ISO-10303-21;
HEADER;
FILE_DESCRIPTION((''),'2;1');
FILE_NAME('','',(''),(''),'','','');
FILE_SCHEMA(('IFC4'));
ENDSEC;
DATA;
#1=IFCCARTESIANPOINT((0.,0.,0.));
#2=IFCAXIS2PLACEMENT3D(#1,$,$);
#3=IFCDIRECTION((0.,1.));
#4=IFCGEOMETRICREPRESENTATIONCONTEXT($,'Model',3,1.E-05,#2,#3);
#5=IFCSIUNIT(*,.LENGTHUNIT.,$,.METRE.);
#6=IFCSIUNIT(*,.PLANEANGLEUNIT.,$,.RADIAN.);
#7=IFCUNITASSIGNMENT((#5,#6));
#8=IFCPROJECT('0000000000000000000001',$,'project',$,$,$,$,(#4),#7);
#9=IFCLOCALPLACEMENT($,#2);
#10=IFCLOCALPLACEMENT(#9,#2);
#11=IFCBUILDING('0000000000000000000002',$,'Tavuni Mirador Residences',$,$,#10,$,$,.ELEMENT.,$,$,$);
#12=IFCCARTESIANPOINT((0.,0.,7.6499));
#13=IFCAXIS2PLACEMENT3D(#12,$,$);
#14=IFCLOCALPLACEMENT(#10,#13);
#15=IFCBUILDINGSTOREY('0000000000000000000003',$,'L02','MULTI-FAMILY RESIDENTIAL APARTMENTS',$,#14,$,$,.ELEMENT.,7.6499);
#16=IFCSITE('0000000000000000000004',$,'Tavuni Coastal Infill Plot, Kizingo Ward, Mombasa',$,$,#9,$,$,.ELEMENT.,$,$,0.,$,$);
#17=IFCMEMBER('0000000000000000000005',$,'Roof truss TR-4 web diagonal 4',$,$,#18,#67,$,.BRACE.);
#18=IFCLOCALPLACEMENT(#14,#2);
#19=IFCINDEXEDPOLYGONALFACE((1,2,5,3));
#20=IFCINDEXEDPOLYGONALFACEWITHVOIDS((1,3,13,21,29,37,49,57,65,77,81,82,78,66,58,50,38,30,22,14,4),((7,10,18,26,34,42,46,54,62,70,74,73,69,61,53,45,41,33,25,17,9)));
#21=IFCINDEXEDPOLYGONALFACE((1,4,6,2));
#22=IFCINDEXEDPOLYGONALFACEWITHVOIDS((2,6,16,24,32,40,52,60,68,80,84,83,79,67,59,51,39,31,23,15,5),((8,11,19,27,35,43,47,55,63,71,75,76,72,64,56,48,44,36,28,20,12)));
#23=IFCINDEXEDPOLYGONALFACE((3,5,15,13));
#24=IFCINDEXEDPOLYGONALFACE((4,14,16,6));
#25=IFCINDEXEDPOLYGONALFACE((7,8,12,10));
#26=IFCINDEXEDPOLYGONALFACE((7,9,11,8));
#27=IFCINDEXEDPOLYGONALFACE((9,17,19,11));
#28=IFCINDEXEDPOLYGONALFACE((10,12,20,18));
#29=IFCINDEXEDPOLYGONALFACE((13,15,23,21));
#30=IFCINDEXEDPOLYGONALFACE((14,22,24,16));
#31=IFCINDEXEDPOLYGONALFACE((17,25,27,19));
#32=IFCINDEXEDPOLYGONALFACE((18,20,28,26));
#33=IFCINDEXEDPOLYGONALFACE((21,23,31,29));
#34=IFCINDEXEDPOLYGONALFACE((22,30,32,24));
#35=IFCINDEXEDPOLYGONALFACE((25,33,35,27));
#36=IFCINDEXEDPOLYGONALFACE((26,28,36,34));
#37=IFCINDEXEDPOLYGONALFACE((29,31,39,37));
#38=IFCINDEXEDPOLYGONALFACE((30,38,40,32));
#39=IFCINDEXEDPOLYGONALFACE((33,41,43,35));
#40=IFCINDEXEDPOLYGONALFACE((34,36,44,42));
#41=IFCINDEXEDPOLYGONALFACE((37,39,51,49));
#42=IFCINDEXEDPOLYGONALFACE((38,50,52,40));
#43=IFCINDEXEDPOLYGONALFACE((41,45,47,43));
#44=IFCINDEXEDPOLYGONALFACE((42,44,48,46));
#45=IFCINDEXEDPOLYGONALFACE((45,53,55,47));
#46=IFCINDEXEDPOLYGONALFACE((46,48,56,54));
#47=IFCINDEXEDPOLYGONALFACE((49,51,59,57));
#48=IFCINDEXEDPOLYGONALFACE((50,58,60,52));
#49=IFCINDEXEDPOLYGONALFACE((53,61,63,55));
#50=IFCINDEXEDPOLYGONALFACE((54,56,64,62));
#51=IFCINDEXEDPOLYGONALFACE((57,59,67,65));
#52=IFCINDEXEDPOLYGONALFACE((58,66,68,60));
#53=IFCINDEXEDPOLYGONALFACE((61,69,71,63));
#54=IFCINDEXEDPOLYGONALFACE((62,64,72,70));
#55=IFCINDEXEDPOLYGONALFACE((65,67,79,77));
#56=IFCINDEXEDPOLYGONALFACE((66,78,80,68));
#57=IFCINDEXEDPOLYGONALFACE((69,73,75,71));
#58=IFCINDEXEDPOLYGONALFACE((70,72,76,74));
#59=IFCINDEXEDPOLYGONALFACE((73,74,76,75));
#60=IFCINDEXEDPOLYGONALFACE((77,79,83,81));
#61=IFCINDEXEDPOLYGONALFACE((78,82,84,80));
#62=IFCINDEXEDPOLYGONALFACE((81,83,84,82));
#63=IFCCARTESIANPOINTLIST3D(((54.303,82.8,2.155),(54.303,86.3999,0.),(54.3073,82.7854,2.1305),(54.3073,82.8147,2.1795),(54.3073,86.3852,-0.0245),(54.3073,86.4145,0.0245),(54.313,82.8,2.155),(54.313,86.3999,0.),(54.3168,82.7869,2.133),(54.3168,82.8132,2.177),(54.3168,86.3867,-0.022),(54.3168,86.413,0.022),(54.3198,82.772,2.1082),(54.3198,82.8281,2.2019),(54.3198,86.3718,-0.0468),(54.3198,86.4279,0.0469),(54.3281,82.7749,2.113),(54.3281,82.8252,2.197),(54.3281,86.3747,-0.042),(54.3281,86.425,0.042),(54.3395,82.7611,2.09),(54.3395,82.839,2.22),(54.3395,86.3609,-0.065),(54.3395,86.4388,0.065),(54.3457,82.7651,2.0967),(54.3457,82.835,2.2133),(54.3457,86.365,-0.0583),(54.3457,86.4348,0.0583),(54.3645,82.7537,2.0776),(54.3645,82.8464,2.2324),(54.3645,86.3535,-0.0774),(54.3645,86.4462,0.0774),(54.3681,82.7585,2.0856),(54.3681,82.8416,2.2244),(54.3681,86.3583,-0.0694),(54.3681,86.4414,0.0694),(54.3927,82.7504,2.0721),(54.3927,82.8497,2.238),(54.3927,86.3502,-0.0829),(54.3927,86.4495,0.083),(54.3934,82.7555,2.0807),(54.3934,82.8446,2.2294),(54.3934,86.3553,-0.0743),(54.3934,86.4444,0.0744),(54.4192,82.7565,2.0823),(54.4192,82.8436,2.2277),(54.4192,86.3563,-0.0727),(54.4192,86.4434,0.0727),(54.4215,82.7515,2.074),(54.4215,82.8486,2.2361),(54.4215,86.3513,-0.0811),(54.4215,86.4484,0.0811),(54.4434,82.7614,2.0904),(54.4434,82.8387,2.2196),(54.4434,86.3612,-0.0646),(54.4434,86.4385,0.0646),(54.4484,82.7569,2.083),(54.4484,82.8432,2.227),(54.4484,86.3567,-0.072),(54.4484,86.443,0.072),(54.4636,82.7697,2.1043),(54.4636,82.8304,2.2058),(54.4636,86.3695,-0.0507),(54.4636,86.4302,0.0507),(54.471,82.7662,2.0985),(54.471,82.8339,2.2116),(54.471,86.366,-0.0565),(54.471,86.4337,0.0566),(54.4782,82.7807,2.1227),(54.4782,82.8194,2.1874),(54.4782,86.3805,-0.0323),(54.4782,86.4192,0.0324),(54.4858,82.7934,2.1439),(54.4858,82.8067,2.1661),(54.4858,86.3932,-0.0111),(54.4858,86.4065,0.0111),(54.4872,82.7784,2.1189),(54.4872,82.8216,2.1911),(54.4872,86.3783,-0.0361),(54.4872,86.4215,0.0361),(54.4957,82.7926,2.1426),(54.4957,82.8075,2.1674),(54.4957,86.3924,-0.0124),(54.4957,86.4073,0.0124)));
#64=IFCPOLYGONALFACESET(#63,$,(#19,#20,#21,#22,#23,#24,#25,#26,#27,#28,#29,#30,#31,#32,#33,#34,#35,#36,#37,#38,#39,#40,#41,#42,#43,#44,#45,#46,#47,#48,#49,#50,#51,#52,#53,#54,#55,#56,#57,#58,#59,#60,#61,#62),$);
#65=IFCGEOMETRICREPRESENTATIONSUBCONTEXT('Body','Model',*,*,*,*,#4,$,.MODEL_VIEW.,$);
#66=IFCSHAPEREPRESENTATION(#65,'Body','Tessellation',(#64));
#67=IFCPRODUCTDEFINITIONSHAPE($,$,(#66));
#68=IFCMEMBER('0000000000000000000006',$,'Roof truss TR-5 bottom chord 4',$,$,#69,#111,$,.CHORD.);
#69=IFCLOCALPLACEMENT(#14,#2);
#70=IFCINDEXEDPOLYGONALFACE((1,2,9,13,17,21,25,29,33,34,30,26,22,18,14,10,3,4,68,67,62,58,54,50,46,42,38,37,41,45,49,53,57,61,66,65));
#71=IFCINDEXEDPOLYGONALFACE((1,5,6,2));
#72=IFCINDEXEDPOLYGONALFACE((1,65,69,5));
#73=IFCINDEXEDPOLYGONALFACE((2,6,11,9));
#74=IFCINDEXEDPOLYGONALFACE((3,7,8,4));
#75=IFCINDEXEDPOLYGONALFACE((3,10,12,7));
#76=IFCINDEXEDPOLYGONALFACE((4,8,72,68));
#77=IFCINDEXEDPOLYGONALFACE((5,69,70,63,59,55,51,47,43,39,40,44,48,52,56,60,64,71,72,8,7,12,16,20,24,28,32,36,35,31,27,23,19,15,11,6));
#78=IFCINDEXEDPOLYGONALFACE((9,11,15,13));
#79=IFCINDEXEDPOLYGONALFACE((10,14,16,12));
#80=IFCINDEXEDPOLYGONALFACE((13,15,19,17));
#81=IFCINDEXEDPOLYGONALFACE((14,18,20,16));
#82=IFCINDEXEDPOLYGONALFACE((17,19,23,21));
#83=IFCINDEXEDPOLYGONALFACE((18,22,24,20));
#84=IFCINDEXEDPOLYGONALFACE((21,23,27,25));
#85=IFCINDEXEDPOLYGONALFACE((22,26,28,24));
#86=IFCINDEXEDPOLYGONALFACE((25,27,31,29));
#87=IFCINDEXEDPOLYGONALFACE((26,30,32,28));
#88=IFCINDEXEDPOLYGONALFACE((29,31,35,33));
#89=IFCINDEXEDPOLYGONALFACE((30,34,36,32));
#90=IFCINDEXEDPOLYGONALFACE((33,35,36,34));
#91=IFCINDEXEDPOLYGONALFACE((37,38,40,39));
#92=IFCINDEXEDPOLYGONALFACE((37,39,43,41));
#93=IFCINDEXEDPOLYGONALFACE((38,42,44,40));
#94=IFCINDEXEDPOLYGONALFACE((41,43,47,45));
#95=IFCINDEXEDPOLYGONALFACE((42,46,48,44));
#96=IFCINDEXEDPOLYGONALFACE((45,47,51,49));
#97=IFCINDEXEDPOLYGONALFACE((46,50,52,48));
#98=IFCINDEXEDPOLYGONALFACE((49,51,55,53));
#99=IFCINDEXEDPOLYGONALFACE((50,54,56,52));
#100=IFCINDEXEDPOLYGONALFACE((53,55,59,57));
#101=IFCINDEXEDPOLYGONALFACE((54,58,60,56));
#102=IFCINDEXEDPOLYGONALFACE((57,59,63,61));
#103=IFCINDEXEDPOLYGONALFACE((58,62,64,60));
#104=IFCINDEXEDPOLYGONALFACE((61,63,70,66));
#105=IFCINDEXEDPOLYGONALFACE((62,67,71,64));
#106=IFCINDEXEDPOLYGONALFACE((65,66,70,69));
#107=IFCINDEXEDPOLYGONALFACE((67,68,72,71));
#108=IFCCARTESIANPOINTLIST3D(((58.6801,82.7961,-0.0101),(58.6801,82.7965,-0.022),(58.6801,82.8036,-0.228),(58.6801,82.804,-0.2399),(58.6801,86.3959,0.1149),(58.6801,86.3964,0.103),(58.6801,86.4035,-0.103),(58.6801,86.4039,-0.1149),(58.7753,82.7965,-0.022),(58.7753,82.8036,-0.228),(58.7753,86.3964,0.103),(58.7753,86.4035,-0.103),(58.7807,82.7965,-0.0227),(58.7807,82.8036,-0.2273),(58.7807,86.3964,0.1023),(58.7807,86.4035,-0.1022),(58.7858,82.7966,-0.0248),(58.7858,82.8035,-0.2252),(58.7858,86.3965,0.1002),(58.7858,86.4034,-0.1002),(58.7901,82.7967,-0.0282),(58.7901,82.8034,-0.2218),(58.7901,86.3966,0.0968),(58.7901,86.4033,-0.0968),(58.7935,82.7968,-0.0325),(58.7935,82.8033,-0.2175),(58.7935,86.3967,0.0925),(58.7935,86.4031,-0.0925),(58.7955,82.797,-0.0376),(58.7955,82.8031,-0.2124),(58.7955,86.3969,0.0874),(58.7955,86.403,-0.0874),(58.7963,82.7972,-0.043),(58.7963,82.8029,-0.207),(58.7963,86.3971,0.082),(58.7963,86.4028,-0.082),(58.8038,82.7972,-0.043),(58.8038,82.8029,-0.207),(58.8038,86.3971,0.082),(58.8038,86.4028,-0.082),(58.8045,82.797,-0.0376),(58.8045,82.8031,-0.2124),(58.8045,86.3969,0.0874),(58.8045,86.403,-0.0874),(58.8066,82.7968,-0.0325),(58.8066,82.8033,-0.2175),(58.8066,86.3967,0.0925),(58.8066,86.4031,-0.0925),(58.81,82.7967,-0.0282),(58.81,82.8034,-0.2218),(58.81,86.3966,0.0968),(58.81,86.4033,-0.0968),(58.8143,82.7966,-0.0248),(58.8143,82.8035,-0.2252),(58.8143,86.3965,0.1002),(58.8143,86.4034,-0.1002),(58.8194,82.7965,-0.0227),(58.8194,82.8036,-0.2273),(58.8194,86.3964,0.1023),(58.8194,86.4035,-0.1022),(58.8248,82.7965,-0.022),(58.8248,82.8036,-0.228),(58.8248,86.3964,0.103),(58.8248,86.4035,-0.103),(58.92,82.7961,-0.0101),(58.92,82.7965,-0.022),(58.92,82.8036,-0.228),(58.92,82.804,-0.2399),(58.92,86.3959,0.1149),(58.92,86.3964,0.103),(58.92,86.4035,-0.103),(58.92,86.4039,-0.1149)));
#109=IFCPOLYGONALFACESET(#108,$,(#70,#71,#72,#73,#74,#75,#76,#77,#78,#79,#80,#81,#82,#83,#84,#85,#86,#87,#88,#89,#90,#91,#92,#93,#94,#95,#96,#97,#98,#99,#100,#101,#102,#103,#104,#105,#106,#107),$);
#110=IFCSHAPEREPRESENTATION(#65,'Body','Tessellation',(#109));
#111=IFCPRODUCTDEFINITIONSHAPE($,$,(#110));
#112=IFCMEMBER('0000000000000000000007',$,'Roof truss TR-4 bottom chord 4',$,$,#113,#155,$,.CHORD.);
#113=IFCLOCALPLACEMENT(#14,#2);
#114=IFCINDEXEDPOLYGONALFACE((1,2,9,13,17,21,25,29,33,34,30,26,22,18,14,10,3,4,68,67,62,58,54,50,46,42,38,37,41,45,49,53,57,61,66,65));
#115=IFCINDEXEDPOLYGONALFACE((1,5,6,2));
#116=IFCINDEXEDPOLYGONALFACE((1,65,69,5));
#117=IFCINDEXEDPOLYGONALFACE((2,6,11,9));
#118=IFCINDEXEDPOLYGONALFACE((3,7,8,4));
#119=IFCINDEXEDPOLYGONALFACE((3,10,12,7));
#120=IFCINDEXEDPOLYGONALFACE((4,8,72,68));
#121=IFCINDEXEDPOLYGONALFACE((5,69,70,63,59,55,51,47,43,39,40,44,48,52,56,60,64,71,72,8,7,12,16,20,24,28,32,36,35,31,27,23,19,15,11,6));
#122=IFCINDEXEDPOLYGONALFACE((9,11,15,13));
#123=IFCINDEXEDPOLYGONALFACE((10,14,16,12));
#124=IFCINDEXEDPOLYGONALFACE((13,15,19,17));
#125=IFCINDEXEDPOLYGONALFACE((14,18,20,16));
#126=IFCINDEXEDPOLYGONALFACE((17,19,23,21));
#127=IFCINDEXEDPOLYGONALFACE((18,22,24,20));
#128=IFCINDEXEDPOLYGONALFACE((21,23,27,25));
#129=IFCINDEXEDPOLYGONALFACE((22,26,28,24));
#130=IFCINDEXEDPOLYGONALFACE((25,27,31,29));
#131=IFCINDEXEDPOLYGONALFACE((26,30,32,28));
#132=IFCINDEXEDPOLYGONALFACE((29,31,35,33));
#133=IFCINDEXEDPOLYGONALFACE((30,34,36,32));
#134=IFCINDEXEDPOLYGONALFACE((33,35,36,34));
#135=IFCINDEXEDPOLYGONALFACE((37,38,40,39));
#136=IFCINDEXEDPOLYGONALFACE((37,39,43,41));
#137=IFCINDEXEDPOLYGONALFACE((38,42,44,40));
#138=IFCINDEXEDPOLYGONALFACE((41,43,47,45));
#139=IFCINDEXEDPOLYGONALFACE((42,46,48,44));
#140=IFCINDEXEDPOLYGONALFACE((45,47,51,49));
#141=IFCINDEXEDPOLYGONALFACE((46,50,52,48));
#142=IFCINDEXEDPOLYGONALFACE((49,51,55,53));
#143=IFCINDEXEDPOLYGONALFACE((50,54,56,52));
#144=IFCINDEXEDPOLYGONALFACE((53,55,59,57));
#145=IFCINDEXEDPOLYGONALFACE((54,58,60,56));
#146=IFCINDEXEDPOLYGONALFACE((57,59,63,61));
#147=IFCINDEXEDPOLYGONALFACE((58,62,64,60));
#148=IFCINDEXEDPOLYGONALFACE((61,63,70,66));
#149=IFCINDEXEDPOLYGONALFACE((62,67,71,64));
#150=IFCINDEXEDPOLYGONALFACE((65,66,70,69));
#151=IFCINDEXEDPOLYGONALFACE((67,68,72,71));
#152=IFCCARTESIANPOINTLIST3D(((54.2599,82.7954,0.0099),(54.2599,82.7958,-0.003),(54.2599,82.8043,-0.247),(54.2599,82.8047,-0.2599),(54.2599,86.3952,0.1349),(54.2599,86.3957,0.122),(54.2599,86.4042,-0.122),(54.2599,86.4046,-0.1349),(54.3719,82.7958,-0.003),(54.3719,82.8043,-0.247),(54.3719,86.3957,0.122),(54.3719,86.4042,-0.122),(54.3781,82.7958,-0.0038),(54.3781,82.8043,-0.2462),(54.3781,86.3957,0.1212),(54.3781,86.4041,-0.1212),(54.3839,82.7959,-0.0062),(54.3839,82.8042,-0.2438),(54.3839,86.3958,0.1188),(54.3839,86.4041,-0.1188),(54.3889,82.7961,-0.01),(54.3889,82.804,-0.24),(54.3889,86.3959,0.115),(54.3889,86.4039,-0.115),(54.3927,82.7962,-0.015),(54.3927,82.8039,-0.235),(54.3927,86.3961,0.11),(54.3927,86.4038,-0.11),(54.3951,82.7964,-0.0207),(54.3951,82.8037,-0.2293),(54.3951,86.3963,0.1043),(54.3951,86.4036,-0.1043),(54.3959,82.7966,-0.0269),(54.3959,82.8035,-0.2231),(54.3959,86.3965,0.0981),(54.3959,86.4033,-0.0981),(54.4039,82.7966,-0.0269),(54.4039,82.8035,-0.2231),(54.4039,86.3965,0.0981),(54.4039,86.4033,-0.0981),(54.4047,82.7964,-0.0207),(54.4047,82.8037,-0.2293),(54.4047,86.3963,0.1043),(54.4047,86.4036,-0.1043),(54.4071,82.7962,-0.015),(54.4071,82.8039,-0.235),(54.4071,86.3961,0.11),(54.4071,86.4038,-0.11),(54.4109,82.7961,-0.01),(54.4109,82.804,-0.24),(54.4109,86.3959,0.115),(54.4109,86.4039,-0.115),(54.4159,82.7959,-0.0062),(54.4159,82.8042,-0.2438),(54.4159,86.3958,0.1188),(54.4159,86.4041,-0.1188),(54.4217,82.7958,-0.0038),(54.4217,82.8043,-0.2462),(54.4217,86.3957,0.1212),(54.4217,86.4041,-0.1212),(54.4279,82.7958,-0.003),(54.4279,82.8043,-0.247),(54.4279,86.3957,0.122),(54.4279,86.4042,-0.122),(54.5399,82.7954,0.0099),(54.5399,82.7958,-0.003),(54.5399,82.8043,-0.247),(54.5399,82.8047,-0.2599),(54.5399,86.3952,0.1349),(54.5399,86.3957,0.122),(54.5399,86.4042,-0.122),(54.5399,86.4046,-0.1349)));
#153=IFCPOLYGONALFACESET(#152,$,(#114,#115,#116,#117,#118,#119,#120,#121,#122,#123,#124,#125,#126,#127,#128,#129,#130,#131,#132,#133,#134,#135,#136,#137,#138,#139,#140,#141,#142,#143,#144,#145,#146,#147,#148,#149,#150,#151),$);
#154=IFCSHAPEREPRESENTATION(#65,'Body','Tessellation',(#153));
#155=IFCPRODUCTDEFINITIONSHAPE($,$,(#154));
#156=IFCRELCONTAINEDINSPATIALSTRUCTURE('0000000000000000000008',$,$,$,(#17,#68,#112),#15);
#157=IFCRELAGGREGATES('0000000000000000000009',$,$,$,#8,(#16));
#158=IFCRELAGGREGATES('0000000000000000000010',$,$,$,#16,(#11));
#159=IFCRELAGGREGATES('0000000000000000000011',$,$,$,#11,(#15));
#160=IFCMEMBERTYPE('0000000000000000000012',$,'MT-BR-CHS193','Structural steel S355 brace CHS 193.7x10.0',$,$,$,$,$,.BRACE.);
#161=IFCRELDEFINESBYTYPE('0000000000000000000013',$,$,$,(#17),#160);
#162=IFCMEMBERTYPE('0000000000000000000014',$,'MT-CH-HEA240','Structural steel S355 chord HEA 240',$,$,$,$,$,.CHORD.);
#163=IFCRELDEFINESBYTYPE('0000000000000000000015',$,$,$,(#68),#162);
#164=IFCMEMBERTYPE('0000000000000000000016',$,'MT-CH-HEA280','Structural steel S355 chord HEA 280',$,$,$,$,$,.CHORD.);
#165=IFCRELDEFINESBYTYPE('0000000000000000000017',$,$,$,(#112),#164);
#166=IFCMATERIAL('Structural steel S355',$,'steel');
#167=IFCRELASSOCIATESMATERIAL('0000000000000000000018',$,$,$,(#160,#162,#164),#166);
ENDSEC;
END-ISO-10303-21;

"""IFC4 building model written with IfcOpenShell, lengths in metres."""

from ifc_helpers import new_model, si_unit, direction, frame, origin, origin_2d, place, context, subcontext, project, spatial, hollow_circle, i_section, extrude, material, material_profile, profile_set, type_object, element, save


model = new_model("IFC4")

# Units and contexts
model_context = context("Model", 3, precision=1e-05, world=origin(), true_north=direction((0.0, 1.0)))
body_context = subcontext(model_context, "Body", "Model", "MODEL_VIEW")
ifc_project = project(units=[si_unit("LENGTHUNIT", "METRE"), si_unit("PLANEANGLEUNIT", "RADIAN")], contexts=[model_context])

# Site, building, storey
site_placement = place(None, origin())
site = spatial("IfcSite", under=ifc_project, at=site_placement, Name="Tavuni Coastal Infill Plot, Kizingo Ward, Mombasa", CompositionType="ELEMENT", RefElevation=0.0)
building_placement = place(site_placement, origin())
building = spatial("IfcBuilding", under=site, at=building_placement, Name="Tavuni Mirador Residences", CompositionType="ELEMENT")
storey_placement = place(building_placement, frame((0.0, 0.0, 7.6499)))
storey = spatial("IfcBuildingStorey", under=building, at=storey_placement, Name="L02", Description="MULTI-FAMILY RESIDENTIAL APARTMENTS", CompositionType="ELEMENT", Elevation=7.6499)

# Members
ifc_material_1 = material(Name="Structural steel S355", Category="steel")
ifc_material_profile_1 = material_profile(ifc_material_1, hollow_circle(Radius=0.0969, WallThickness=0.01, at=origin_2d()), Name="CHS 193.7x10.0", Category="steel")
ifc_profile_set_1 = profile_set([ifc_material_profile_1], Name="Structural steel S355")
member_type_1 = type_object("IfcMemberType", Name="MT-BR-CHS193", Description="Structural steel S355 brace CHS 193.7x10.0", PredefinedType="BRACE", material=ifc_profile_set_1)
member_1_placement = place(storey_placement, frame((54.3999, 82.8, 2.155), z_axis=(0.0, 0.858006, -0.51364), x_axis=(-1.0, 0.0, 0.0)))
element("IfcMember", 1, at=member_1_placement, inside=storey, type_object=member_type_1, Name="Roof truss TR-4 web diagonal 4", PredefinedType="BRACE", context=body_context, shape_type="SweptSolid", body=[
    extrude(hollow_circle(Radius=0.0969, WallThickness=0.01, at=origin_2d()), origin(), (0.0, 0.0, 1.0), 4.1956),
])
ifc_material_profile_2 = material_profile(ifc_material_1, i_section(OverallWidth=0.24, OverallDepth=0.23, WebThickness=0.0076, FlangeThickness=0.012, FilletRadius=0.021, at=origin_2d()), Name="HEA 240", Category="steel")
ifc_profile_set_2 = profile_set([ifc_material_profile_2], Name="Structural steel S355")
member_type_2 = type_object("IfcMemberType", Name="MT-CH-HEA240", Description="Structural steel S355 chord HEA 240", PredefinedType="CHORD", material=ifc_profile_set_2)
member_2_placement = place(storey_placement, frame((58.8, 82.8, -0.125), z_axis=(0.0, 0.999398, 0.034703), x_axis=(-1.0, 0.0, 0.0)))
element("IfcMember", 2, at=member_2_placement, inside=storey, type_object=member_type_2, Name="Roof truss TR-5 bottom chord 4", PredefinedType="CHORD", context=body_context, shape_type="SweptSolid", body=[
    extrude(i_section(OverallWidth=0.24, OverallDepth=0.23, WebThickness=0.0076, FlangeThickness=0.012, FilletRadius=0.021, at=origin_2d()), origin(), (0.0, 0.0, 1.0), 3.6021),
])
ifc_material_profile_3 = material_profile(ifc_material_1, i_section(OverallWidth=0.28, OverallDepth=0.27, WebThickness=0.0081, FlangeThickness=0.0129, FilletRadius=0.0239, at=origin_2d()), Name="HEA 280", Category="steel")
ifc_profile_set_3 = profile_set([ifc_material_profile_3], Name="Structural steel S355")
member_type_3 = type_object("IfcMemberType", Name="MT-CH-HEA280", Description="Structural steel S355 chord HEA 280", PredefinedType="CHORD", material=ifc_profile_set_3)
member_3_placement = place(storey_placement, frame((54.3999, 82.8, -0.125), z_axis=(0.0, 0.999398, 0.034703), x_axis=(-1.0, 0.0, 0.0)))
element("IfcMember", 3, at=member_3_placement, inside=storey, type_object=member_type_3, Name="Roof truss TR-4 bottom chord 4", PredefinedType="CHORD", context=body_context, shape_type="SweptSolid", body=[
    extrude(i_section(OverallWidth=0.28, OverallDepth=0.27, WebThickness=0.0081, FlangeThickness=0.0129, FilletRadius=0.0239, at=origin_2d()), origin(), (0.0, 0.0, 1.0), 3.6021),
])

save(model, "model.ifc")
